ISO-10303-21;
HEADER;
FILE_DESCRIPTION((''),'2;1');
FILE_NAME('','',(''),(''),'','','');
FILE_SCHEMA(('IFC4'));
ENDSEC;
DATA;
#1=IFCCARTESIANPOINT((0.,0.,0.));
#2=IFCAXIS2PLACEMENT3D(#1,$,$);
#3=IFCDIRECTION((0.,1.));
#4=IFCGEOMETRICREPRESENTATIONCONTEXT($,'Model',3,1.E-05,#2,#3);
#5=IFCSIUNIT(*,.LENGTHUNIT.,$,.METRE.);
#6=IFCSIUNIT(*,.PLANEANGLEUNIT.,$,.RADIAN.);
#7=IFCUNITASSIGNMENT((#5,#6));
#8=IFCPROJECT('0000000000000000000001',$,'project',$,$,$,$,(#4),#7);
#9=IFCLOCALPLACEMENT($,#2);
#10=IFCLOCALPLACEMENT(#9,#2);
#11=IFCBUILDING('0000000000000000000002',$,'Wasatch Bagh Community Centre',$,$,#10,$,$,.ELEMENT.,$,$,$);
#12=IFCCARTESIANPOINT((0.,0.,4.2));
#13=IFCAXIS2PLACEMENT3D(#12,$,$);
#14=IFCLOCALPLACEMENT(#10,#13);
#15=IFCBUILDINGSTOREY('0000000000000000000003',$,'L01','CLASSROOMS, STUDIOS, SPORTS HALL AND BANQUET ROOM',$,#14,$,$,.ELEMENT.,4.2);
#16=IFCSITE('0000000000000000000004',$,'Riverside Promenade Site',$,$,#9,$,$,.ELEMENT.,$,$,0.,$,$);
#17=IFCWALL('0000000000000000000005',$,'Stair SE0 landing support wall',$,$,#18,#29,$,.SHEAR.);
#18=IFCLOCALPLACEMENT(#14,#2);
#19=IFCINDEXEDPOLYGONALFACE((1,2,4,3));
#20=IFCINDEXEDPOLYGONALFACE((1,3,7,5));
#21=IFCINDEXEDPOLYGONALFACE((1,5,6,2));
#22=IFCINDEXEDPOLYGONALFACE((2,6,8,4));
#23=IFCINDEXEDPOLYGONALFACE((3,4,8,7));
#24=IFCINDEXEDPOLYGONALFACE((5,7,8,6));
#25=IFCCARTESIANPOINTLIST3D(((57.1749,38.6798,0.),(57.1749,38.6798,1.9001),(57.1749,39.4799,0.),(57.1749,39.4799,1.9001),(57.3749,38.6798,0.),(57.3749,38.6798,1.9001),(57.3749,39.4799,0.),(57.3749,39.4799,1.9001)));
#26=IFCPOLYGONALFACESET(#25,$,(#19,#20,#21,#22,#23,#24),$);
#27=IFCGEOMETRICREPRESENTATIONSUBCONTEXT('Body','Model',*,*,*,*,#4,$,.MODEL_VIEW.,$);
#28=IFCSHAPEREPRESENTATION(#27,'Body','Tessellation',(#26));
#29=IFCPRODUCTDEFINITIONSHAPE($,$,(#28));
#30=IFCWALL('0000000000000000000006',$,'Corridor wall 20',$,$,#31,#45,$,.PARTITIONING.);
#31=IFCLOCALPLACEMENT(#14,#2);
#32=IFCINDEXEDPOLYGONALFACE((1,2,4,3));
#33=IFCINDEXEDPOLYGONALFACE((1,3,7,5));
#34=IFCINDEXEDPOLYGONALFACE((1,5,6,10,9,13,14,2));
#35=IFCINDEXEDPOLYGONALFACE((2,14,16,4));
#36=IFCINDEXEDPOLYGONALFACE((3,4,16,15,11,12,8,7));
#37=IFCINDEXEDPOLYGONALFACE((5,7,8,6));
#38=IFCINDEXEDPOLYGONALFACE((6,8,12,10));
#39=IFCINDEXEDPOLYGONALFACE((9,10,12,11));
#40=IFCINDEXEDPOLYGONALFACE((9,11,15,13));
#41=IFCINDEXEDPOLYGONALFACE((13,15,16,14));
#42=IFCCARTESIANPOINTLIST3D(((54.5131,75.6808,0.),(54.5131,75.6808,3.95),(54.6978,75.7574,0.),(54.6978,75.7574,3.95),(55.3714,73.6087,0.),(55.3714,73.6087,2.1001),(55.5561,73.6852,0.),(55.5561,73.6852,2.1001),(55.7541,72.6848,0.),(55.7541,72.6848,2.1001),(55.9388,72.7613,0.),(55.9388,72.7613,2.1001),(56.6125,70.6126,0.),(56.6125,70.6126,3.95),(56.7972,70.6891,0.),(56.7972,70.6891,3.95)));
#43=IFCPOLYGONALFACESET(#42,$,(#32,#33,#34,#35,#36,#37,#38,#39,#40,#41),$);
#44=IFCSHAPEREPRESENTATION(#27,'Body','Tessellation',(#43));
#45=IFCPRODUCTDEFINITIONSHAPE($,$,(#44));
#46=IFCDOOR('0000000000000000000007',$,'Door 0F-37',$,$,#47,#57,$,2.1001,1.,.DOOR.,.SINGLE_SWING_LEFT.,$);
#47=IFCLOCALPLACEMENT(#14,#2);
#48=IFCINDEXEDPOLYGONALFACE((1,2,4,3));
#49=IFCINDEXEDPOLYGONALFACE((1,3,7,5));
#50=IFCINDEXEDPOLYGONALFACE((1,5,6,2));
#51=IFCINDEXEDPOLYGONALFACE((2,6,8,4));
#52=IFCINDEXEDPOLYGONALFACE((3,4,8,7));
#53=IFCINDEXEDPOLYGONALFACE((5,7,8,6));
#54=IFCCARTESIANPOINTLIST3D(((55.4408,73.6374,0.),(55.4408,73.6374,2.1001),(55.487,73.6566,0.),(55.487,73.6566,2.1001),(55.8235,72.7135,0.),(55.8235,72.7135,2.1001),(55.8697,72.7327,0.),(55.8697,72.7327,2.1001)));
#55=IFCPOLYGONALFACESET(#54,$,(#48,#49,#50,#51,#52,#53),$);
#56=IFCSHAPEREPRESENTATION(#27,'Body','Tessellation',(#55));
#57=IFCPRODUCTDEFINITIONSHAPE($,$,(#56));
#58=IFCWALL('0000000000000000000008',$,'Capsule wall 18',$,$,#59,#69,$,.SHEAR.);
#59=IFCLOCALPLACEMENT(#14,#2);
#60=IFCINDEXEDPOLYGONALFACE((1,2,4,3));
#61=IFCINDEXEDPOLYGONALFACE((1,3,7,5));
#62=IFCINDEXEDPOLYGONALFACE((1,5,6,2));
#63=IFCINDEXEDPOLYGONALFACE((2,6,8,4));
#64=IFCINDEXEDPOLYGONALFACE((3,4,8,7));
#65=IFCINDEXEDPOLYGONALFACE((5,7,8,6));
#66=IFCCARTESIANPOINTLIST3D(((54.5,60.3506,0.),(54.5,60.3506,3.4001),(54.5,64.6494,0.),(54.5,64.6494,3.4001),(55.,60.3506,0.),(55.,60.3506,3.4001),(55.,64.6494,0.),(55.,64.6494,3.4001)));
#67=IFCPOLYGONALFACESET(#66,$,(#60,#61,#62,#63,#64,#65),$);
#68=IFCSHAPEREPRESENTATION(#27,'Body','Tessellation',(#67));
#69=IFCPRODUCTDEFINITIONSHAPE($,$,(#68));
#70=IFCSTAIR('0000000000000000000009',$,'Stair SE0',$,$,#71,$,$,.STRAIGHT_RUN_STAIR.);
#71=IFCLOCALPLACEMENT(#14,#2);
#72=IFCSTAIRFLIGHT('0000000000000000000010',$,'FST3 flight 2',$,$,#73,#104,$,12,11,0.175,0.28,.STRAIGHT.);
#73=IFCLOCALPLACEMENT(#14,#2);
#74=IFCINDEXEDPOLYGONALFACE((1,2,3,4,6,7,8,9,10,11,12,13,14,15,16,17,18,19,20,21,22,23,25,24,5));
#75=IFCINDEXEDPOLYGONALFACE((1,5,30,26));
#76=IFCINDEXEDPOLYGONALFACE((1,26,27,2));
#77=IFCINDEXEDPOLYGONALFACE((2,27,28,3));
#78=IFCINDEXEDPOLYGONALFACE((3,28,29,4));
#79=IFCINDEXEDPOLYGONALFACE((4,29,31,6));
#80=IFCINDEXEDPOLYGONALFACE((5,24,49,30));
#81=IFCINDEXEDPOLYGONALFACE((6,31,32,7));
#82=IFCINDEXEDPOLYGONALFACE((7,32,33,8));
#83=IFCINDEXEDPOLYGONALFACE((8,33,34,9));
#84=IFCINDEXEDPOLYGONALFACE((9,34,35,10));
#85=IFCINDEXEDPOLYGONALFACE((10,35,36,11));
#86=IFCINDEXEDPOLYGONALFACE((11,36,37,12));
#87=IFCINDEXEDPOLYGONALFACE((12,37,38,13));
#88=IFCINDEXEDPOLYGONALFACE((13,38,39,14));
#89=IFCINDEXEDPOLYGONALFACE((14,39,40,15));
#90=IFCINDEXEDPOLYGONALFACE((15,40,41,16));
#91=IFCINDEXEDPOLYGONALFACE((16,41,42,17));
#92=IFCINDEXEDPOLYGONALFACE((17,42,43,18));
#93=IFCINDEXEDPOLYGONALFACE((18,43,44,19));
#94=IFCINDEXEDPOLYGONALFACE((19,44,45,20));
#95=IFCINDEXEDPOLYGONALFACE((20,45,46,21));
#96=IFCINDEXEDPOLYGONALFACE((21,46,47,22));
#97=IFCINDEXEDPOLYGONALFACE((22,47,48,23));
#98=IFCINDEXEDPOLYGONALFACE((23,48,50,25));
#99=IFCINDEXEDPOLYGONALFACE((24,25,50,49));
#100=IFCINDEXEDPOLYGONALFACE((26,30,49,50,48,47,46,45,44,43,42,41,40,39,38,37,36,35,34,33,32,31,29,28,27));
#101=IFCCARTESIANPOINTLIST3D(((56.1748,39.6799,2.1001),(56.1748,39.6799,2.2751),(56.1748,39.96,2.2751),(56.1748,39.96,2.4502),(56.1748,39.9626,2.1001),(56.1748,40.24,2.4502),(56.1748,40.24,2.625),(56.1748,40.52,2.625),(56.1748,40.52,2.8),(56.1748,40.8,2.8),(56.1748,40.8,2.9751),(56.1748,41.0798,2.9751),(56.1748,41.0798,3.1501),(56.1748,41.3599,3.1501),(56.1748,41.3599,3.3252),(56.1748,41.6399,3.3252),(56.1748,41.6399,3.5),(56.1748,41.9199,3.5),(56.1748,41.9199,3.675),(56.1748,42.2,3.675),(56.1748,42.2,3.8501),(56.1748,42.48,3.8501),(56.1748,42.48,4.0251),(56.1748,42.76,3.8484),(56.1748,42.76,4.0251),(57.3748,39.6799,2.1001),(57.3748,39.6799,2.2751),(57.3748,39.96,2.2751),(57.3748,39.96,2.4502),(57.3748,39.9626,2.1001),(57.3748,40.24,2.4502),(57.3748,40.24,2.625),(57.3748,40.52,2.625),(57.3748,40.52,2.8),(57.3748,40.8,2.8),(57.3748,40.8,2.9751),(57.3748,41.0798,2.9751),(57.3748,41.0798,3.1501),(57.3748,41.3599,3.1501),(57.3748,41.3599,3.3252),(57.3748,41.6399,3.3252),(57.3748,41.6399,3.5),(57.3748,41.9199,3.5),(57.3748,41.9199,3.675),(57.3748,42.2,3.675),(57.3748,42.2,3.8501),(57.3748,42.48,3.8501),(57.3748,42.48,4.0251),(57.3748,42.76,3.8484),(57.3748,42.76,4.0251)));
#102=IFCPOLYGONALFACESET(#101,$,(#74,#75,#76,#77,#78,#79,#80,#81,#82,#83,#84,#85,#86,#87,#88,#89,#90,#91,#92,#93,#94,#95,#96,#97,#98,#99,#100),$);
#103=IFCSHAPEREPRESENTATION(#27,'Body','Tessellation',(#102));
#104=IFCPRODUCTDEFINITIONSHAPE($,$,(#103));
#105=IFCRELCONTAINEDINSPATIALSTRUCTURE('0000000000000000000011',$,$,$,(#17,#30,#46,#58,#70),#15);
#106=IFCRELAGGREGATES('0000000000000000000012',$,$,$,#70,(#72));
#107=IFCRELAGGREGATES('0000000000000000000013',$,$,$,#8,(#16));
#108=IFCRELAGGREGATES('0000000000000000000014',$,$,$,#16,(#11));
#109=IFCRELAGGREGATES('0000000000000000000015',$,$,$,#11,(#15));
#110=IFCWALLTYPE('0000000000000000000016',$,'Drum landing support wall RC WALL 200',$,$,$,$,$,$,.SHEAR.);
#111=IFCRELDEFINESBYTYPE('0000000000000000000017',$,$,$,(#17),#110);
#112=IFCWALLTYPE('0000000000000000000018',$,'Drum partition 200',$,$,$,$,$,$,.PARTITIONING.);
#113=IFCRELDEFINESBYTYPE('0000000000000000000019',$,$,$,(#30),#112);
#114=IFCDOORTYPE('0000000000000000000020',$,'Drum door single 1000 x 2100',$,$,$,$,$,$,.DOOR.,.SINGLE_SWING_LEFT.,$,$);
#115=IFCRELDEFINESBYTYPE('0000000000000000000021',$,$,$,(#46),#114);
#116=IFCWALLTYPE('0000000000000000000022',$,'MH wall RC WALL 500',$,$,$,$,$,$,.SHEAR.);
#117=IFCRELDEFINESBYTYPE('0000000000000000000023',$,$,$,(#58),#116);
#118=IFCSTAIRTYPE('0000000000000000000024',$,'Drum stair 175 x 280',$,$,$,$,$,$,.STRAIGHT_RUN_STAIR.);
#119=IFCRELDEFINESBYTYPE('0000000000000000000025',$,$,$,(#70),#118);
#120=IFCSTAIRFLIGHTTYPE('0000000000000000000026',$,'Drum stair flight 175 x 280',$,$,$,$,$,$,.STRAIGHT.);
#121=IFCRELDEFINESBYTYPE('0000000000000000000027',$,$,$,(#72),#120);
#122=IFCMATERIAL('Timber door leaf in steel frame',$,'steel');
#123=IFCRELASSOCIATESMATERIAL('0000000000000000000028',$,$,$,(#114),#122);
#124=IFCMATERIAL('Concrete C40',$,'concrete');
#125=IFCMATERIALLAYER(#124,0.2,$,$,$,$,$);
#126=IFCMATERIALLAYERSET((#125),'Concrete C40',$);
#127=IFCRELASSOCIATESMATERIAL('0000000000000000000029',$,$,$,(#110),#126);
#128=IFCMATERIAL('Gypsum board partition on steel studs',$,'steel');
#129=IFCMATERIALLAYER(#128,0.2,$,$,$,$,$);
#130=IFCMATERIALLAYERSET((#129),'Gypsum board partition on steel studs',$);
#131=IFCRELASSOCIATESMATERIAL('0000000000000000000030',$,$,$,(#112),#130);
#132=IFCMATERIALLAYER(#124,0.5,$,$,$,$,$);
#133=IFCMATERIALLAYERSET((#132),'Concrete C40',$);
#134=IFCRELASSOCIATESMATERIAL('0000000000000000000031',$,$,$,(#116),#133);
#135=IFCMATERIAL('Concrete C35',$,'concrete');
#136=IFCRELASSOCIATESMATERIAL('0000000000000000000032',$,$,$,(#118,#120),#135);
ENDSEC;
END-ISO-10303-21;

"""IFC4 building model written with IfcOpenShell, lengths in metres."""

from ifc_helpers import new_model, si_unit, direction, frame, frame_2d, origin, place, context, subcontext, project, spatial, polyline, rectangle, outline, extrude, material, layer, layer_set, type_object, element, fill, aggregate, save


model = new_model("IFC4")

# Units and contexts
model_context = context("Model", 3, precision=1e-05, world=origin(), true_north=direction((0.0, 1.0)))
body_context = subcontext(model_context, "Body", "Model", "MODEL_VIEW")
ifc_project = project(units=[si_unit("LENGTHUNIT", "METRE"), si_unit("PLANEANGLEUNIT", "RADIAN")], contexts=[model_context])

# Site, building, storey
site_placement = place(None, origin())
site = spatial("IfcSite", under=ifc_project, at=site_placement, Name="Riverside Promenade Site", CompositionType="ELEMENT", RefElevation=0.0)
building_placement = place(site_placement, origin())
building = spatial("IfcBuilding", under=site, at=building_placement, Name="Wasatch Bagh Community Centre", CompositionType="ELEMENT")
storey_placement = place(building_placement, frame((0.0, 0.0, 4.2)))
storey = spatial("IfcBuildingStorey", under=building, at=storey_placement, Name="L01", Description="CLASSROOMS, STUDIOS, SPORTS HALL AND BANQUET ROOM", CompositionType="ELEMENT", Elevation=4.2)

# Shared definitions
ifc_material_1 = material(Name="Concrete C40", Category="concrete")

# Shared definitions
ifc_material_2 = material(Name="Concrete C35", Category="concrete")

# Shared definitions
ifc_material_3 = material(Name="Timber door leaf in steel frame", Category="steel")
door_type = type_object("IfcDoorType", Name="Drum door single 1000 x 2100", OperationType="SINGLE_SWING_LEFT", PredefinedType="DOOR", material=ifc_material_3)

# Wall
ifc_layer_1 = layer(ifc_material_1, 0.2)
ifc_layer_set_1 = layer_set([ifc_layer_1], Name="Concrete C40")
wall_type_1 = type_object("IfcWallType", Name="Drum landing support wall RC WALL 200", PredefinedType="SHEAR", material=ifc_layer_set_1)
wall_1_placement = place(storey_placement, frame((57.2749, 38.6799, 0.0), z_axis=(0.0, 0.0, 1.0), x_axis=(0.0, 1.0, 0.0)))
element("IfcWall", 1, at=wall_1_placement, inside=storey, type_object=wall_type_1, Name="Stair SE0 landing support wall", PredefinedType="SHEAR", context=body_context, shape_type="SweptSolid", body=[
    extrude(rectangle(XDim=0.8, YDim=0.2, at=frame_2d((0.3999, 0.0))), origin(), (0.0, 0.0, 1.0), 1.9001),
])

# Wall, opening, door
ifc_material_4 = material(Name="Gypsum board partition on steel studs", Category="steel")
ifc_layer_2 = layer(ifc_material_4, 0.2)
ifc_layer_set_2 = layer_set([ifc_layer_2], Name="Gypsum board partition on steel studs")
wall_type_2 = type_object("IfcWallType", Name="Drum partition 200", PredefinedType="PARTITIONING", material=ifc_layer_set_2)
wall_2_placement = place(storey_placement, frame((56.7048, 70.6509, 0.0), z_axis=(0.0, 0.0, 1.0), x_axis=(-0.382696, 0.923874, 0.0)))
wall_2 = element("IfcWall", 2, at=wall_2_placement, inside=storey, type_object=wall_type_2, Name="Corridor wall 20", PredefinedType="PARTITIONING", context=body_context, shape_type="SweptSolid", body=[
    extrude(rectangle(XDim=5.4858, YDim=0.2, at=frame_2d((2.7429, 0.0))), origin(), (0.0, 0.0, 1.0), 3.95),
])
opening_1_placement = place(wall_2_placement, frame((2.2429, 0.0, 0.0)))
opening_1 = element("IfcOpeningElement", 3, at=opening_1_placement, cuts=wall_2, PredefinedType="OPENING", context=body_context, shape_type="SweptSolid", body=[
    extrude(rectangle(XDim=1.0, YDim=2.1001, at=frame_2d((0.5, 1.05))), frame((0.0, 0.1099, 0.0), z_axis=(0.0, -1.0, 0.0), x_axis=(1.0, 0.0, 0.0)), (0.0, 0.0, 1.0), 0.22),
])
door_1_placement = place(opening_1_placement, origin())
door_1 = element("IfcDoor", 4, at=door_1_placement, inside=storey, type_object=door_type, Name="Door 0F-37", OperationType="SINGLE_SWING_LEFT", OverallHeight=2.1001, OverallWidth=1.0, PredefinedType="DOOR", context=body_context, shape_type="SweptSolid", body=[
    extrude(rectangle(XDim=1.0, YDim=2.1001, at=frame_2d((0.5, 1.05))), frame((0.0, 0.0249, 0.0), z_axis=(0.0, -1.0, 0.0), x_axis=(1.0, 0.0, 0.0)), (0.0, 0.0, 1.0), 0.05),
])
fill(opening_1, door_1)

# Wall
ifc_layer_3 = layer(ifc_material_1, 0.5)
ifc_layer_set_3 = layer_set([ifc_layer_3], Name="Concrete C40")
wall_type_3 = type_object("IfcWallType", Name="MH wall RC WALL 500", PredefinedType="SHEAR", material=ifc_layer_set_3)
wall_3_placement = place(storey_placement, frame((54.75, 60.3506, 0.0), z_axis=(0.0, 0.0, 1.0), x_axis=(0.0, 1.0, 0.0)))
element("IfcWall", 5, at=wall_3_placement, inside=storey, type_object=wall_type_3, Name="Capsule wall 18", PredefinedType="SHEAR", context=body_context, shape_type="SweptSolid", body=[
    extrude(rectangle(XDim=4.2988, YDim=0.5, at=frame_2d((2.1494, 0.0))), origin(), (0.0, 0.0, 1.0), 3.4001),
])

# Stair, stair flight
stair_type = type_object("IfcStairType", Name="Drum stair 175 x 280", PredefinedType="STRAIGHT_RUN_STAIR", material=ifc_material_2)
stair_placement = place(storey_placement, origin())
stair = element("IfcStair", 6, at=stair_placement, inside=storey, type_object=stair_type, Name="Stair SE0", PredefinedType="STRAIGHT_RUN_STAIR")
stair_flight_type = type_object("IfcStairFlightType", Name="Drum stair flight 175 x 280", PredefinedType="STRAIGHT", material=ifc_material_2)
stair_flight_placement = place(storey_placement, frame((56.7749, 39.6799, 2.1001), z_axis=(0.0, 0.0, 1.0), x_axis=(0.0, 1.0, 0.0)))
stair_flight = element("IfcStairFlight", 7, at=stair_flight_placement, type_object=stair_flight_type, Name="FST3 flight 2", NumberOfRisers=12, NumberOfTreads=11, PredefinedType="STRAIGHT", RiserHeight=0.175, TreadLength=0.28, context=body_context, shape_type="SweptSolid", body=[
    extrude(outline(polyline([(0.0, 0.0), (0.0, 0.175), (0.28, 0.175), (0.28, 0.3501), (0.5601, 0.3501), (0.5601, 0.5249), (0.8401, 0.5249), (0.8401, 0.7), (1.1201, 0.7), (1.1201, 0.875), (1.3999, 0.875), (1.3999, 1.05), (1.6799, 1.05), (1.6799, 1.2251), (1.96, 1.2251), (1.96, 1.3999), (2.24, 1.3999), (2.24, 1.575), (2.52, 1.575), (2.52, 1.75), (2.8, 1.75), (2.8, 1.925), (3.0801, 1.925), (3.0801, 2.1001), (3.0801, 1.7483), (0.2827, 0.0), (0.0, 0.0)])), frame((0.0, 0.6001, 0.0), z_axis=(0.0, -1.0, 0.0), x_axis=(1.0, 0.0, 0.0)), (0.0, 0.0, 1.0), 1.2),
])
aggregate(stair, [stair_flight])

save(model, "model.ifc")
